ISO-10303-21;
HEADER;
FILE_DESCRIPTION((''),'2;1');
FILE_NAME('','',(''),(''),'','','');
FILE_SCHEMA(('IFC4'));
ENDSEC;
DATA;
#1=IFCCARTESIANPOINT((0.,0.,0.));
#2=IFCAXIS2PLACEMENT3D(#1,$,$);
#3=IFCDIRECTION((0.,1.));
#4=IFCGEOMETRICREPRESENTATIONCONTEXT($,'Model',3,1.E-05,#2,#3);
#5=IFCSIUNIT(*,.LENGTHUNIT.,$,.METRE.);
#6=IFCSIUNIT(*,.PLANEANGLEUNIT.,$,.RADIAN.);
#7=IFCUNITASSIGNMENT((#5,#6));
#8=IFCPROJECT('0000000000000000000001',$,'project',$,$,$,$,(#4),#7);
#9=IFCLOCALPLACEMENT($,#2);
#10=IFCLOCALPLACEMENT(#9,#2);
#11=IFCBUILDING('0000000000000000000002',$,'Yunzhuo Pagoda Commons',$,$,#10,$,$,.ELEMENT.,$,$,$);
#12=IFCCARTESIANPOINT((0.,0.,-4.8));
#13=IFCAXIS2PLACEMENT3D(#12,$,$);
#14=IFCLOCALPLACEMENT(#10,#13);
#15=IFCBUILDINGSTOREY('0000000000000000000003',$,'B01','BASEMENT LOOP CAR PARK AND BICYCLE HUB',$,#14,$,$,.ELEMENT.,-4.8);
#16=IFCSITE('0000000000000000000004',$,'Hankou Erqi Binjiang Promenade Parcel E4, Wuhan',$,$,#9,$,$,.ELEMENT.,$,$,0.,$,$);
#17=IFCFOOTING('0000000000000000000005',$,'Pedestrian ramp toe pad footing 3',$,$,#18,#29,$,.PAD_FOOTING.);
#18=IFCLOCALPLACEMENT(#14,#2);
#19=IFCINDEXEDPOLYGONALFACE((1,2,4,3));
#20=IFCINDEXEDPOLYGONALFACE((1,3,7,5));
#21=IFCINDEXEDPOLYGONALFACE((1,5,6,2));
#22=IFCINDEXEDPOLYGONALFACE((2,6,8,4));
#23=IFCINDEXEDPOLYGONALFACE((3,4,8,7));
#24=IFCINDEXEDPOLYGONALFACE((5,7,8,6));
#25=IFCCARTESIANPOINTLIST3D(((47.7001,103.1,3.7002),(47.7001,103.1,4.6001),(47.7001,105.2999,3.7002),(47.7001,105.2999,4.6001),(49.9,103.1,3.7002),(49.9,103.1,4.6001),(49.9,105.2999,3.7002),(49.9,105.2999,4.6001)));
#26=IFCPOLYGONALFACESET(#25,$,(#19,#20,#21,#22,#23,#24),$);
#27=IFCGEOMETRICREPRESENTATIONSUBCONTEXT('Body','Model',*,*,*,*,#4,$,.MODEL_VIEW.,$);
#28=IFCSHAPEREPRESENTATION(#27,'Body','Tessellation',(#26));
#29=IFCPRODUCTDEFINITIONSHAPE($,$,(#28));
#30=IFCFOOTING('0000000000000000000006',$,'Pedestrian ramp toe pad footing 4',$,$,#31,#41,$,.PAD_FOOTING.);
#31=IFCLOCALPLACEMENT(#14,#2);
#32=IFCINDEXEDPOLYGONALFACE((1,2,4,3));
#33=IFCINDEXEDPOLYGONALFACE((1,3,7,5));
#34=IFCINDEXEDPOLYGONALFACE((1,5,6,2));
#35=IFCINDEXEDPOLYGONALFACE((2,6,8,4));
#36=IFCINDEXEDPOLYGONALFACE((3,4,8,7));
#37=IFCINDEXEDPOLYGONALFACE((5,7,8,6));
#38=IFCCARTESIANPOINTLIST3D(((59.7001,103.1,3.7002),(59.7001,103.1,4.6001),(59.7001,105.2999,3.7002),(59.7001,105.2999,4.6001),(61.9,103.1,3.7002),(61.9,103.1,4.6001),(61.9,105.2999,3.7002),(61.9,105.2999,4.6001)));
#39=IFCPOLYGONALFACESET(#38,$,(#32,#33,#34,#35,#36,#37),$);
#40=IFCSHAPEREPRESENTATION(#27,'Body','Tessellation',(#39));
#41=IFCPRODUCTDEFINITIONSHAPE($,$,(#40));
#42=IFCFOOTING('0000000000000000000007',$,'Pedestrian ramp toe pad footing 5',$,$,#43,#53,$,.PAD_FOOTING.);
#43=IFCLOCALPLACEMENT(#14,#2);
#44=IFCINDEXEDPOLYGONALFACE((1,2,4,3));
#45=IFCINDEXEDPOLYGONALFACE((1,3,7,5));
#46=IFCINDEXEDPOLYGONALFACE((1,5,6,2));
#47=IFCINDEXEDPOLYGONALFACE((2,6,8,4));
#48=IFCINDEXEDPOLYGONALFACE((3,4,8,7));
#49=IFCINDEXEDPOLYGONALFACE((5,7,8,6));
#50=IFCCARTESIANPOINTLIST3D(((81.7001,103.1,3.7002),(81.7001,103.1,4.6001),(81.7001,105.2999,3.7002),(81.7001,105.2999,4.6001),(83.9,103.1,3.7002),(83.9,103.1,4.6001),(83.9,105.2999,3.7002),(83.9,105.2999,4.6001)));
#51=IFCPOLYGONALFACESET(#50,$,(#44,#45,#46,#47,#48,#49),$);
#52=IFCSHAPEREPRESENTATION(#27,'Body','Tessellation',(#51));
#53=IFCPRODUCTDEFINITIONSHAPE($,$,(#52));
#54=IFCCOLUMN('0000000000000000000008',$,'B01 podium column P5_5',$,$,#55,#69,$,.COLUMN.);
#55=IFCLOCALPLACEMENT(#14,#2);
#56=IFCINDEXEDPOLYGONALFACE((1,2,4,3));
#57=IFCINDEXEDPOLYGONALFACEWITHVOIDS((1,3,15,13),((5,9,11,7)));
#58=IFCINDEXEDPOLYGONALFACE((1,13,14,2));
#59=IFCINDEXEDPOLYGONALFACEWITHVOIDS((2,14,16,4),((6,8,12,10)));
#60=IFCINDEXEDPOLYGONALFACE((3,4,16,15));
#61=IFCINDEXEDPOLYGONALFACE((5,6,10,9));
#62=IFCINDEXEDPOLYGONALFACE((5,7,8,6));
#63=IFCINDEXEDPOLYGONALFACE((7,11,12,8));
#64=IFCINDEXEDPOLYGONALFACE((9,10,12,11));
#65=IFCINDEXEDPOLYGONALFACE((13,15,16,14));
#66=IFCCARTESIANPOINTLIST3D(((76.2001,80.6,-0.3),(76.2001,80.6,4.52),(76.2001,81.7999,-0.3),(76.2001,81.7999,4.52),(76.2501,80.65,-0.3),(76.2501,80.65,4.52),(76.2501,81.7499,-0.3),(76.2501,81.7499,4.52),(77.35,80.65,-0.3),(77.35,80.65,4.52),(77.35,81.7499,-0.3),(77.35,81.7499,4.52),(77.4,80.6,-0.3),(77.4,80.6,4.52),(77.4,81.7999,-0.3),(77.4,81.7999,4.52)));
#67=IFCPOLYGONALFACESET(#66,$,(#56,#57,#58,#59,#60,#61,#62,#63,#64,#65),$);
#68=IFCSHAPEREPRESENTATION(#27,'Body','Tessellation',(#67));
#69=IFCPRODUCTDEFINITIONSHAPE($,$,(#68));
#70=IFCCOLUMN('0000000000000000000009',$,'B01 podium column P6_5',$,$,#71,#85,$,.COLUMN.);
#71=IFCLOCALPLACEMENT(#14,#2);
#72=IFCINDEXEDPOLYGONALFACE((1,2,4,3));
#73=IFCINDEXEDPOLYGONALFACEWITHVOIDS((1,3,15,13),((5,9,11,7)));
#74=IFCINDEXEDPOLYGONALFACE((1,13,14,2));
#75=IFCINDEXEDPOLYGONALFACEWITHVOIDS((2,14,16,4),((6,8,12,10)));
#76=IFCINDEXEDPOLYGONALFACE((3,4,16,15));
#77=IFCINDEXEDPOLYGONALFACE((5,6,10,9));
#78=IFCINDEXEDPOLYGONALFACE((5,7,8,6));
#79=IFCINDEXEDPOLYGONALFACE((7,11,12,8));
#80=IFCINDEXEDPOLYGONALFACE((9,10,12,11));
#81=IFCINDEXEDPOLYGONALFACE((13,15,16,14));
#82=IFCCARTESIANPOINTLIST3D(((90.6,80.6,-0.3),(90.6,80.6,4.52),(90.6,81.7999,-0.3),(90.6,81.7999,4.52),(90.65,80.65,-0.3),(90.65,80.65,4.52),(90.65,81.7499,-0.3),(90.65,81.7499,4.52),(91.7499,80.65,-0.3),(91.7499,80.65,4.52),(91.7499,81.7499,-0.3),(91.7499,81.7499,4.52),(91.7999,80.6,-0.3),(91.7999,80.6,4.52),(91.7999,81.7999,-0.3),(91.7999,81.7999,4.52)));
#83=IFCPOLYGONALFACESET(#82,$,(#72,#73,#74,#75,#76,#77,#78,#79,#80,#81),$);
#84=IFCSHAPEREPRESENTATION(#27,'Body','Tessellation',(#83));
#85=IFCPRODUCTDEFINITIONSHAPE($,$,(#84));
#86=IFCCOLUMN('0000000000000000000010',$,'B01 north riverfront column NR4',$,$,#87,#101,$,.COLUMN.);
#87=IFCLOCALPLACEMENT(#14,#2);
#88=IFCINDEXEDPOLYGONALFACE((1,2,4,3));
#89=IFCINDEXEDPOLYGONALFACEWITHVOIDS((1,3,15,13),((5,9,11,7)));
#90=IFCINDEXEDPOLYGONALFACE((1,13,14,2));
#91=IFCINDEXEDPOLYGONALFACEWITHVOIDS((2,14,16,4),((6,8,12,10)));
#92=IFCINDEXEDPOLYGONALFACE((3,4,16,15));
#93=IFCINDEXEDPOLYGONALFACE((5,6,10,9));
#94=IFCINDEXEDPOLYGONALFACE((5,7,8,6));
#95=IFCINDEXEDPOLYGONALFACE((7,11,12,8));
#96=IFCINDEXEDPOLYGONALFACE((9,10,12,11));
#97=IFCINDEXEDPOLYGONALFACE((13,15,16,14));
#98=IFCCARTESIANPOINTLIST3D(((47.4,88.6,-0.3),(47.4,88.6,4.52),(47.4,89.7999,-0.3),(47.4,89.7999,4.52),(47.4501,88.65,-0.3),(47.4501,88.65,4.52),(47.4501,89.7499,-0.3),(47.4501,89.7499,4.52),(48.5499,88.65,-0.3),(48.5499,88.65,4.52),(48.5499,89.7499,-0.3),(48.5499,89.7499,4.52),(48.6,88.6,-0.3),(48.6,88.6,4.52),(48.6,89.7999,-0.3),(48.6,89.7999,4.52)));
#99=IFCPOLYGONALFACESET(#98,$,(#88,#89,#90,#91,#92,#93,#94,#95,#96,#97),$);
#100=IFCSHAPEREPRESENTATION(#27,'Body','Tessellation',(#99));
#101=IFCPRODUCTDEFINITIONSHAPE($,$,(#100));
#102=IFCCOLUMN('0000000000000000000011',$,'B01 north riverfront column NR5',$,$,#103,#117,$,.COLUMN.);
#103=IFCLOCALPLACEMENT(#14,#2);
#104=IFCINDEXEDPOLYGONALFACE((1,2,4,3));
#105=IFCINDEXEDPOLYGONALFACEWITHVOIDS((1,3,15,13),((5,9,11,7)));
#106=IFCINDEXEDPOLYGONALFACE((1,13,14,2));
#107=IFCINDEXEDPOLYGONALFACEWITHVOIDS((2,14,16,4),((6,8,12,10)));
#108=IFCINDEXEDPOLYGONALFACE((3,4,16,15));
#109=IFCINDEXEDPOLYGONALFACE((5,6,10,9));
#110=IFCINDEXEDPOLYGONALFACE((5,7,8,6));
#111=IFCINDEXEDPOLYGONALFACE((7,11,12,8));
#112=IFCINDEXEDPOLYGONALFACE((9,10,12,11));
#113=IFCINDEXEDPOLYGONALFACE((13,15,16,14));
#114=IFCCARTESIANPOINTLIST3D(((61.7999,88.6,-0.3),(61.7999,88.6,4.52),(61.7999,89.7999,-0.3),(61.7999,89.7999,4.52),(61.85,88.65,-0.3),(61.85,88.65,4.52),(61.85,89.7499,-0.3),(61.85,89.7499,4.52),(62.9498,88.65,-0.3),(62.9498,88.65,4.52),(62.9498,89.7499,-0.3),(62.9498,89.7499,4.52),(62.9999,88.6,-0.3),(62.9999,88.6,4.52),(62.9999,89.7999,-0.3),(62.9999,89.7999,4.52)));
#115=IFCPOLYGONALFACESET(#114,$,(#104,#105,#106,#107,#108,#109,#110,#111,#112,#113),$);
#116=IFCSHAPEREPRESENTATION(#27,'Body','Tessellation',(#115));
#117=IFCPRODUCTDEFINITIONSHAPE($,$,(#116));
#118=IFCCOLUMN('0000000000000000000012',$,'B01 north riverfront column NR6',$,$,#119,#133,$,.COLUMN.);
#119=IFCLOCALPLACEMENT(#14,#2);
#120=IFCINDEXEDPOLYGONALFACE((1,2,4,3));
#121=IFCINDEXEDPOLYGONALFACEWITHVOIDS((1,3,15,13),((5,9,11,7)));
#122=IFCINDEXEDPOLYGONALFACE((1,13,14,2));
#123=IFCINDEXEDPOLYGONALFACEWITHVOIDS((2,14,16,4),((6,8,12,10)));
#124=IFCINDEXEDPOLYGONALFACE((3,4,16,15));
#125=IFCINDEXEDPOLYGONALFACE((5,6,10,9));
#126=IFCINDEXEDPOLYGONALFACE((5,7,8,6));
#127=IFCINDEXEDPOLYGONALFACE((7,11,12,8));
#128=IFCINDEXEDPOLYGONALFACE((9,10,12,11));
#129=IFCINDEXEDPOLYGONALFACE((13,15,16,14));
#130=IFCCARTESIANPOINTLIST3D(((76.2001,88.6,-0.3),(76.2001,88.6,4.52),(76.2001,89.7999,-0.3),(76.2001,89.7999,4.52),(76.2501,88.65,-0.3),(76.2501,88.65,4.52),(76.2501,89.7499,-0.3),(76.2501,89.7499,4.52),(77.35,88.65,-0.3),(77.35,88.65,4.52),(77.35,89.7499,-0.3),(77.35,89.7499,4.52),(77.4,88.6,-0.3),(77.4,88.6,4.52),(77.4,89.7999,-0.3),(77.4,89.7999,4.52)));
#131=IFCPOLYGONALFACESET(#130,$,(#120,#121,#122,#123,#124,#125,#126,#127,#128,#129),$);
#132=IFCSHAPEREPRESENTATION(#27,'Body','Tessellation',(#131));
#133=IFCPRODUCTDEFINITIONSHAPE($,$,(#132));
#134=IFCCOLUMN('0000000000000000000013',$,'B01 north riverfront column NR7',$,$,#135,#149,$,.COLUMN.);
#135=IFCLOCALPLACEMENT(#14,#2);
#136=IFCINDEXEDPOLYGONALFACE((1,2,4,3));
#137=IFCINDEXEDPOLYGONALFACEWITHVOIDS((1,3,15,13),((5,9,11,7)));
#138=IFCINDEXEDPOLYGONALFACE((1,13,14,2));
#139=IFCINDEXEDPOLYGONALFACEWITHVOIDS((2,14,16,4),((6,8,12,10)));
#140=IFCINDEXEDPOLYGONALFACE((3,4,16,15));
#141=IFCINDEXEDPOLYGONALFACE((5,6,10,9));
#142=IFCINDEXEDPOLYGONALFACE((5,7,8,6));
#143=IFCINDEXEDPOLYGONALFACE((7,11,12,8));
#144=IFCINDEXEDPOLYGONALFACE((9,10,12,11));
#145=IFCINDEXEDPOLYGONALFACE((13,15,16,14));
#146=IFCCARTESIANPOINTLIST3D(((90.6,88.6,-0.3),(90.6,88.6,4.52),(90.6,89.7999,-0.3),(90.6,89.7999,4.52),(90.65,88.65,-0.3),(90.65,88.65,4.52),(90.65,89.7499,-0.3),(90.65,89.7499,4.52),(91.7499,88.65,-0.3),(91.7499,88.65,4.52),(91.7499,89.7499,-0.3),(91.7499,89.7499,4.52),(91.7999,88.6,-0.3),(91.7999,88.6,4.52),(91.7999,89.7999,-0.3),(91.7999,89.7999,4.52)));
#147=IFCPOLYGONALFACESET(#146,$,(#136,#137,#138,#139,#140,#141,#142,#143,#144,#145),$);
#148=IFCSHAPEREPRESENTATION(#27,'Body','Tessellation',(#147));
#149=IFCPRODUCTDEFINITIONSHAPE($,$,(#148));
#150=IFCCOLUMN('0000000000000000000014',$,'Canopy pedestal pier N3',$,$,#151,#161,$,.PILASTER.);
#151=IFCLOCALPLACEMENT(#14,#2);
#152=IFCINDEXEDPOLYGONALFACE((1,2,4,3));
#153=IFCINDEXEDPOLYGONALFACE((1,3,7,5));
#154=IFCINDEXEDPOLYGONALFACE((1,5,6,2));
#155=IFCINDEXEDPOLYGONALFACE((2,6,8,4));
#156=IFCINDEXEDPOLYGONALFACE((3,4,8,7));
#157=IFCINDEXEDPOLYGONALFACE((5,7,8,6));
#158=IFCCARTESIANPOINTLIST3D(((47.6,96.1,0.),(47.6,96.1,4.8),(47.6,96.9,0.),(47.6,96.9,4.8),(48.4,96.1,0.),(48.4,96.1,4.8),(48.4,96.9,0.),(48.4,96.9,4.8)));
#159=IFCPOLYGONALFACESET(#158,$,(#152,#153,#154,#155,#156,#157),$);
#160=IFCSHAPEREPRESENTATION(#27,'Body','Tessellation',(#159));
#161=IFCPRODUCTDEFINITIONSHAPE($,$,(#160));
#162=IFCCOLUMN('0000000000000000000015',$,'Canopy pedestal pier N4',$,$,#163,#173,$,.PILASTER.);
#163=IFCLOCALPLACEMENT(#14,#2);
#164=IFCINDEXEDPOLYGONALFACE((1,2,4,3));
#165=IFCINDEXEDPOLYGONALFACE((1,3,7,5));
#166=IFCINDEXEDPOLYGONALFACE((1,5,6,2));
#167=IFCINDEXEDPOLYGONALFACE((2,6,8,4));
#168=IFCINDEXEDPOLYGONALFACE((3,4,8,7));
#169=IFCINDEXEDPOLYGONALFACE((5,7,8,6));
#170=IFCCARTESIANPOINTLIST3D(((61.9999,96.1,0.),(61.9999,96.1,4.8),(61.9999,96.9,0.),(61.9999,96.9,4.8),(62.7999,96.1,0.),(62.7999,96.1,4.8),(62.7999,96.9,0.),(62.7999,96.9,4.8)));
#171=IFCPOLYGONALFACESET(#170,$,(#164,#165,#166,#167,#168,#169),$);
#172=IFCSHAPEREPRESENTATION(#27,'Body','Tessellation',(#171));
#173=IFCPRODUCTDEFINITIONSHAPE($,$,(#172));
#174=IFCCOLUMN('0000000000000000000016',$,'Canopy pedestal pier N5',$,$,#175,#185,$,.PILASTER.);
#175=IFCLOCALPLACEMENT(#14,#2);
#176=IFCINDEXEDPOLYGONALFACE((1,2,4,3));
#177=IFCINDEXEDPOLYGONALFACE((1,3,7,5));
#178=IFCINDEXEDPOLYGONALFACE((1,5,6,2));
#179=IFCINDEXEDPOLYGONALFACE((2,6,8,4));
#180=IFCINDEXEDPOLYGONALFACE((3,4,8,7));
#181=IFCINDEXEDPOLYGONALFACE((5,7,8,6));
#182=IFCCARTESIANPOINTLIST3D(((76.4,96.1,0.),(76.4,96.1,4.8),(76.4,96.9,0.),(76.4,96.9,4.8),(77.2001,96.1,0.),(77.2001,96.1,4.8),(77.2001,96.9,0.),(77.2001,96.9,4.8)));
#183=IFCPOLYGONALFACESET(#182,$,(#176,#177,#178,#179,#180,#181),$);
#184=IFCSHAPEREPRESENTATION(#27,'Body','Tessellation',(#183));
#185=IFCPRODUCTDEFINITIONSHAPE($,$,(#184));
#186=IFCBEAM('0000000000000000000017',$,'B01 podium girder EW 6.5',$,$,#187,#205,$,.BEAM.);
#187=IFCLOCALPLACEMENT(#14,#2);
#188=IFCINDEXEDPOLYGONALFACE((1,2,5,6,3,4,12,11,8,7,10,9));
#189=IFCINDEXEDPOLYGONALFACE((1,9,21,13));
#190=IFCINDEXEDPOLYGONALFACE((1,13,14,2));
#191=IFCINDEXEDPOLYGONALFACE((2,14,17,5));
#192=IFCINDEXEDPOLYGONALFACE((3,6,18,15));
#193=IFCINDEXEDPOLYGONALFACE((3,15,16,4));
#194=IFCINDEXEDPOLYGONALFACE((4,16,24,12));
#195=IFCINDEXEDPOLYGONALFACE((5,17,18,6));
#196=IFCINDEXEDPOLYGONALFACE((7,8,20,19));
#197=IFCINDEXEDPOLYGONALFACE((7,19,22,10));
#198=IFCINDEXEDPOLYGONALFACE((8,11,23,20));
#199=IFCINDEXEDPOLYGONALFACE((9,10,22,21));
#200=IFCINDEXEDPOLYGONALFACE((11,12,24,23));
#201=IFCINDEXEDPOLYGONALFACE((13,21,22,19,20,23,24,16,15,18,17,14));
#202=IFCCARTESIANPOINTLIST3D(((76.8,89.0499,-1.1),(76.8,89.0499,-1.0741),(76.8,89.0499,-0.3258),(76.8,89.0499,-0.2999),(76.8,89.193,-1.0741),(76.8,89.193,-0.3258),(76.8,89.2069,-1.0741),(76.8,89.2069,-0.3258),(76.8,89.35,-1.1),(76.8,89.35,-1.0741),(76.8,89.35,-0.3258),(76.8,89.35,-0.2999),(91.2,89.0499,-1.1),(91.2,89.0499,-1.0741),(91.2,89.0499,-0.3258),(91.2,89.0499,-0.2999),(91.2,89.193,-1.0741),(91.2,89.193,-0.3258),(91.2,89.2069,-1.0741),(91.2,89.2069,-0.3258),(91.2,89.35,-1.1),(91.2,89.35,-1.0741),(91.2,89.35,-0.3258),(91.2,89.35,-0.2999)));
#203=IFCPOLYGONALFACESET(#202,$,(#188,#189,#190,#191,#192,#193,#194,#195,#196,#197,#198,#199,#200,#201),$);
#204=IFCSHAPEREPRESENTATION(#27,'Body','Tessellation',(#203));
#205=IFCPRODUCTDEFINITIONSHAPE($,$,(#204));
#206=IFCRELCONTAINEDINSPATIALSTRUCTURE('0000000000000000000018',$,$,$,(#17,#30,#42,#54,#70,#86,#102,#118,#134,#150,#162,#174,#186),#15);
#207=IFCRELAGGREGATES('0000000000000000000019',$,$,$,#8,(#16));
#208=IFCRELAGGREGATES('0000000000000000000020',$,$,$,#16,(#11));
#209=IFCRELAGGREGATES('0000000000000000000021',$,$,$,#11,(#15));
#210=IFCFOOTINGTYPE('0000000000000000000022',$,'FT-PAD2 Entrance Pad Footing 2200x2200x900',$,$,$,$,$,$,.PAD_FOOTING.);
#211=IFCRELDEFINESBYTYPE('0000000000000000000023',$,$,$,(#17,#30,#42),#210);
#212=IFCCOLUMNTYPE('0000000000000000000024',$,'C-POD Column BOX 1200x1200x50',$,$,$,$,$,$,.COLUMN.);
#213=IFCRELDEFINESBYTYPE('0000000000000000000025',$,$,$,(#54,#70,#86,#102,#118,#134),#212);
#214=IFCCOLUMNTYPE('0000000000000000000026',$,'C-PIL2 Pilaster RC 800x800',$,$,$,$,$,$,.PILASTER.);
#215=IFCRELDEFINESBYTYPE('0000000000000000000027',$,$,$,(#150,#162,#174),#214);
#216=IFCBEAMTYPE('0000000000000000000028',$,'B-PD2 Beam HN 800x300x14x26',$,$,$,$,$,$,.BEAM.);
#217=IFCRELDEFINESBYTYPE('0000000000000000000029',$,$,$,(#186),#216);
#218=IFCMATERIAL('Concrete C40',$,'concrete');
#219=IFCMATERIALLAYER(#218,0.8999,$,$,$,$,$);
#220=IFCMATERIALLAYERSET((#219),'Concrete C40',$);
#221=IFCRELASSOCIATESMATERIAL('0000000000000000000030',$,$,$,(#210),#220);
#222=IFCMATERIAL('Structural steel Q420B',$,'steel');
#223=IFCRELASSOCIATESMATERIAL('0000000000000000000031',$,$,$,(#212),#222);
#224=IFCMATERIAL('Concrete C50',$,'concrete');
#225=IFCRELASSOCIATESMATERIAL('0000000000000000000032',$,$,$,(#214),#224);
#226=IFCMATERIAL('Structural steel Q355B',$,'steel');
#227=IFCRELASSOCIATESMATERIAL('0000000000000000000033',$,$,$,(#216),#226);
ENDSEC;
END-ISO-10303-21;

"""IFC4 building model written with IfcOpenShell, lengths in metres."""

from ifc_helpers import new_model, si_unit, direction, frame, origin, origin_2d, place, context, subcontext, project, spatial, rectangle, hollow_rectangle, i_section, extrude, source, transform, mapped, material, layer, layer_set, material_profile, profile_set, type_object, element, save


model = new_model("IFC4")

# Units and contexts
model_context = context("Model", 3, precision=1e-05, world=origin(), true_north=direction((0.0, 1.0)))
body_context = subcontext(model_context, "Body", "Model", "MODEL_VIEW")
ifc_project = project(units=[si_unit("LENGTHUNIT", "METRE"), si_unit("PLANEANGLEUNIT", "RADIAN")], contexts=[model_context])

# Site, building, storey
site_placement = place(None, origin())
site = spatial("IfcSite", under=ifc_project, at=site_placement, Name="Hankou Erqi Binjiang Promenade Parcel E4, Wuhan", CompositionType="ELEMENT", RefElevation=0.0)
building_placement = place(site_placement, origin())
building = spatial("IfcBuilding", under=site, at=building_placement, Name="Yunzhuo Pagoda Commons", CompositionType="ELEMENT")
storey_placement = place(building_placement, frame((0.0, 0.0, -4.8)))
storey = spatial("IfcBuildingStorey", under=building, at=storey_placement, Name="B01", Description="BASEMENT LOOP CAR PARK AND BICYCLE HUB", CompositionType="ELEMENT", Elevation=-4.8)

# Footings
ifc_material_1 = material(Name="Concrete C40", Category="concrete")
ifc_layer = layer(ifc_material_1, 0.8999)
ifc_layer_set = layer_set([ifc_layer], Name="Concrete C40")
footing_type = type_object("IfcFootingType", Name="FT-PAD2 Entrance Pad Footing 2200x2200x900", PredefinedType="PAD_FOOTING", material=ifc_layer_set)
shared_shape_1 = source(origin(), body_context, "Body", "SweptSolid", [
    extrude(rectangle(XDim=2.2, YDim=2.2, at=origin_2d()), origin(), (0.0, 0.0, 1.0), 0.8999),
])
for number, where, z_axis, x_axis, name in (
    (1, (48.8, 104.2, 3.7002), (0.0, 0.0, 1.0), (1.0, 0.0, 0.0), "Pedestrian ramp toe pad footing 3"),
    (2, (60.8, 104.2, 3.7002), (0.0, 0.0, 1.0), (1.0, 0.0, 0.0), "Pedestrian ramp toe pad footing 4"),
    (3, (82.8, 104.2, 3.7002), (0.0, 0.0, 1.0), (1.0, 0.0, 0.0), "Pedestrian ramp toe pad footing 5"),
):
    element("IfcFooting", number, at=place(storey_placement, frame(where, z_axis=z_axis, x_axis=x_axis)), inside=storey, type_object=footing_type, Name=name, PredefinedType="PAD_FOOTING", context=body_context, shape_type="MappedRepresentation", body=[
        mapped(shared_shape_1, transform((0.0, 0.0, 0.0), scale=1.0)),
    ])

# Columns
ifc_material_2 = material(Name="Structural steel Q420B", Category="steel")
ifc_material_profile_1 = material_profile(ifc_material_2, hollow_rectangle(XDim=1.2, YDim=1.2, WallThickness=0.05, at=origin_2d()), Name="Structural steel Q420B")
ifc_profile_set_1 = profile_set([ifc_material_profile_1], Name="Structural steel Q420B")
column_type_1 = type_object("IfcColumnType", Name="C-POD Column BOX 1200x1200x50", PredefinedType="COLUMN", material=ifc_profile_set_1)
shared_shape_2 = source(origin(), body_context, "Body", "SweptSolid", [
    extrude(hollow_rectangle(XDim=1.2, YDim=1.2, WallThickness=0.05, at=origin_2d()), origin(), (0.0, 0.0, 1.0), 4.8201),
])
for number, where, z_axis, x_axis, name in (
    (4, (76.8, 81.2, -0.3), (0.0, 0.0, 1.0), (1.0, 0.0, 0.0), "B01 podium column P5_5"),
    (5, (91.2, 81.2, -0.3), (0.0, 0.0, 1.0), (1.0, 0.0, 0.0), "B01 podium column P6_5"),
    (6, (48.0, 89.2, -0.3), (0.0, 0.0, 1.0), (1.0, 0.0, 0.0), "B01 north riverfront column NR4"),
    (7, (62.3999, 89.2, -0.3), (0.0, 0.0, 1.0), (1.0, 0.0, 0.0), "B01 north riverfront column NR5"),
    (8, (76.8, 89.2, -0.3), (0.0, 0.0, 1.0), (1.0, 0.0, 0.0), "B01 north riverfront column NR6"),
    (9, (91.2, 89.2, -0.3), (0.0, 0.0, 1.0), (1.0, 0.0, 0.0), "B01 north riverfront column NR7"),
):
    element("IfcColumn", number, at=place(storey_placement, frame(where, z_axis=z_axis, x_axis=x_axis)), inside=storey, type_object=column_type_1, Name=name, PredefinedType="COLUMN", context=body_context, shape_type="MappedRepresentation", body=[
        mapped(shared_shape_2, transform((0.0, 0.0, 0.0), scale=1.0)),
    ])
ifc_material_3 = material(Name="Concrete C50", Category="concrete")
ifc_material_profile_2 = material_profile(ifc_material_3, rectangle(XDim=0.8, YDim=0.8, at=origin_2d()), Name="Concrete C50")
ifc_profile_set_2 = profile_set([ifc_material_profile_2], Name="Concrete C50")
column_type_2 = type_object("IfcColumnType", Name="C-PIL2 Pilaster RC 800x800", PredefinedType="PILASTER", material=ifc_profile_set_2)
shared_shape_3 = source(origin(), body_context, "Body", "SweptSolid", [
    extrude(rectangle(XDim=0.8, YDim=0.8, at=origin_2d()), origin(), (0.0, 0.0, 1.0), 4.8),
])
for number, where, z_axis, x_axis, name in (
    (10, (48.0, 96.5, 0.0), (0.0, 0.0, 1.0), (1.0, 0.0, 0.0), "Canopy pedestal pier N3"),
    (11, (62.3999, 96.5, 0.0), (0.0, 0.0, 1.0), (1.0, 0.0, 0.0), "Canopy pedestal pier N4"),
    (12, (76.8, 96.5, 0.0), (0.0, 0.0, 1.0), (1.0, 0.0, 0.0), "Canopy pedestal pier N5"),
):
    element("IfcColumn", number, at=place(storey_placement, frame(where, z_axis=z_axis, x_axis=x_axis)), inside=storey, type_object=column_type_2, Name=name, PredefinedType="PILASTER", context=body_context, shape_type="MappedRepresentation", body=[
        mapped(shared_shape_3, transform((0.0, 0.0, 0.0), scale=1.0)),
    ])

# Beam
ifc_material_4 = material(Name="Structural steel Q355B", Category="steel")
ifc_material_profile_3 = material_profile(ifc_material_4, i_section(OverallWidth=0.3, OverallDepth=0.8, WebThickness=0.0139, FlangeThickness=0.0259, at=origin_2d()), Name="Structural steel Q355B")
ifc_profile_set_3 = profile_set([ifc_material_profile_3], Name="Structural steel Q355B")
beam_type_1 = type_object("IfcBeamType", Name="B-PD2 Beam HN 800x300x14x26", PredefinedType="BEAM", material=ifc_profile_set_3)
shared_shape_4 = source(origin(), body_context, "Body", "SweptSolid", [
    extrude(i_section(OverallWidth=0.3, OverallDepth=0.8, WebThickness=0.0139, FlangeThickness=0.0259, at=origin_2d()), origin(), (0.0, 0.0, 1.0), 14.3999),
])
beam_1_placement = place(storey_placement, frame((76.8, 89.2, -0.7), z_axis=(1.0, 0.0, 0.0), x_axis=(0.0, 1.0, 0.0)))
element("IfcBeam", 13, at=beam_1_placement, inside=storey, type_object=beam_type_1, Name="B01 podium girder EW 6.5", PredefinedType="BEAM", context=body_context, shape_type="MappedRepresentation", body=[
    mapped(shared_shape_4, transform((0.0, 0.0, 0.0), scale=1.0)),
])

save(model, "model.ifc")
